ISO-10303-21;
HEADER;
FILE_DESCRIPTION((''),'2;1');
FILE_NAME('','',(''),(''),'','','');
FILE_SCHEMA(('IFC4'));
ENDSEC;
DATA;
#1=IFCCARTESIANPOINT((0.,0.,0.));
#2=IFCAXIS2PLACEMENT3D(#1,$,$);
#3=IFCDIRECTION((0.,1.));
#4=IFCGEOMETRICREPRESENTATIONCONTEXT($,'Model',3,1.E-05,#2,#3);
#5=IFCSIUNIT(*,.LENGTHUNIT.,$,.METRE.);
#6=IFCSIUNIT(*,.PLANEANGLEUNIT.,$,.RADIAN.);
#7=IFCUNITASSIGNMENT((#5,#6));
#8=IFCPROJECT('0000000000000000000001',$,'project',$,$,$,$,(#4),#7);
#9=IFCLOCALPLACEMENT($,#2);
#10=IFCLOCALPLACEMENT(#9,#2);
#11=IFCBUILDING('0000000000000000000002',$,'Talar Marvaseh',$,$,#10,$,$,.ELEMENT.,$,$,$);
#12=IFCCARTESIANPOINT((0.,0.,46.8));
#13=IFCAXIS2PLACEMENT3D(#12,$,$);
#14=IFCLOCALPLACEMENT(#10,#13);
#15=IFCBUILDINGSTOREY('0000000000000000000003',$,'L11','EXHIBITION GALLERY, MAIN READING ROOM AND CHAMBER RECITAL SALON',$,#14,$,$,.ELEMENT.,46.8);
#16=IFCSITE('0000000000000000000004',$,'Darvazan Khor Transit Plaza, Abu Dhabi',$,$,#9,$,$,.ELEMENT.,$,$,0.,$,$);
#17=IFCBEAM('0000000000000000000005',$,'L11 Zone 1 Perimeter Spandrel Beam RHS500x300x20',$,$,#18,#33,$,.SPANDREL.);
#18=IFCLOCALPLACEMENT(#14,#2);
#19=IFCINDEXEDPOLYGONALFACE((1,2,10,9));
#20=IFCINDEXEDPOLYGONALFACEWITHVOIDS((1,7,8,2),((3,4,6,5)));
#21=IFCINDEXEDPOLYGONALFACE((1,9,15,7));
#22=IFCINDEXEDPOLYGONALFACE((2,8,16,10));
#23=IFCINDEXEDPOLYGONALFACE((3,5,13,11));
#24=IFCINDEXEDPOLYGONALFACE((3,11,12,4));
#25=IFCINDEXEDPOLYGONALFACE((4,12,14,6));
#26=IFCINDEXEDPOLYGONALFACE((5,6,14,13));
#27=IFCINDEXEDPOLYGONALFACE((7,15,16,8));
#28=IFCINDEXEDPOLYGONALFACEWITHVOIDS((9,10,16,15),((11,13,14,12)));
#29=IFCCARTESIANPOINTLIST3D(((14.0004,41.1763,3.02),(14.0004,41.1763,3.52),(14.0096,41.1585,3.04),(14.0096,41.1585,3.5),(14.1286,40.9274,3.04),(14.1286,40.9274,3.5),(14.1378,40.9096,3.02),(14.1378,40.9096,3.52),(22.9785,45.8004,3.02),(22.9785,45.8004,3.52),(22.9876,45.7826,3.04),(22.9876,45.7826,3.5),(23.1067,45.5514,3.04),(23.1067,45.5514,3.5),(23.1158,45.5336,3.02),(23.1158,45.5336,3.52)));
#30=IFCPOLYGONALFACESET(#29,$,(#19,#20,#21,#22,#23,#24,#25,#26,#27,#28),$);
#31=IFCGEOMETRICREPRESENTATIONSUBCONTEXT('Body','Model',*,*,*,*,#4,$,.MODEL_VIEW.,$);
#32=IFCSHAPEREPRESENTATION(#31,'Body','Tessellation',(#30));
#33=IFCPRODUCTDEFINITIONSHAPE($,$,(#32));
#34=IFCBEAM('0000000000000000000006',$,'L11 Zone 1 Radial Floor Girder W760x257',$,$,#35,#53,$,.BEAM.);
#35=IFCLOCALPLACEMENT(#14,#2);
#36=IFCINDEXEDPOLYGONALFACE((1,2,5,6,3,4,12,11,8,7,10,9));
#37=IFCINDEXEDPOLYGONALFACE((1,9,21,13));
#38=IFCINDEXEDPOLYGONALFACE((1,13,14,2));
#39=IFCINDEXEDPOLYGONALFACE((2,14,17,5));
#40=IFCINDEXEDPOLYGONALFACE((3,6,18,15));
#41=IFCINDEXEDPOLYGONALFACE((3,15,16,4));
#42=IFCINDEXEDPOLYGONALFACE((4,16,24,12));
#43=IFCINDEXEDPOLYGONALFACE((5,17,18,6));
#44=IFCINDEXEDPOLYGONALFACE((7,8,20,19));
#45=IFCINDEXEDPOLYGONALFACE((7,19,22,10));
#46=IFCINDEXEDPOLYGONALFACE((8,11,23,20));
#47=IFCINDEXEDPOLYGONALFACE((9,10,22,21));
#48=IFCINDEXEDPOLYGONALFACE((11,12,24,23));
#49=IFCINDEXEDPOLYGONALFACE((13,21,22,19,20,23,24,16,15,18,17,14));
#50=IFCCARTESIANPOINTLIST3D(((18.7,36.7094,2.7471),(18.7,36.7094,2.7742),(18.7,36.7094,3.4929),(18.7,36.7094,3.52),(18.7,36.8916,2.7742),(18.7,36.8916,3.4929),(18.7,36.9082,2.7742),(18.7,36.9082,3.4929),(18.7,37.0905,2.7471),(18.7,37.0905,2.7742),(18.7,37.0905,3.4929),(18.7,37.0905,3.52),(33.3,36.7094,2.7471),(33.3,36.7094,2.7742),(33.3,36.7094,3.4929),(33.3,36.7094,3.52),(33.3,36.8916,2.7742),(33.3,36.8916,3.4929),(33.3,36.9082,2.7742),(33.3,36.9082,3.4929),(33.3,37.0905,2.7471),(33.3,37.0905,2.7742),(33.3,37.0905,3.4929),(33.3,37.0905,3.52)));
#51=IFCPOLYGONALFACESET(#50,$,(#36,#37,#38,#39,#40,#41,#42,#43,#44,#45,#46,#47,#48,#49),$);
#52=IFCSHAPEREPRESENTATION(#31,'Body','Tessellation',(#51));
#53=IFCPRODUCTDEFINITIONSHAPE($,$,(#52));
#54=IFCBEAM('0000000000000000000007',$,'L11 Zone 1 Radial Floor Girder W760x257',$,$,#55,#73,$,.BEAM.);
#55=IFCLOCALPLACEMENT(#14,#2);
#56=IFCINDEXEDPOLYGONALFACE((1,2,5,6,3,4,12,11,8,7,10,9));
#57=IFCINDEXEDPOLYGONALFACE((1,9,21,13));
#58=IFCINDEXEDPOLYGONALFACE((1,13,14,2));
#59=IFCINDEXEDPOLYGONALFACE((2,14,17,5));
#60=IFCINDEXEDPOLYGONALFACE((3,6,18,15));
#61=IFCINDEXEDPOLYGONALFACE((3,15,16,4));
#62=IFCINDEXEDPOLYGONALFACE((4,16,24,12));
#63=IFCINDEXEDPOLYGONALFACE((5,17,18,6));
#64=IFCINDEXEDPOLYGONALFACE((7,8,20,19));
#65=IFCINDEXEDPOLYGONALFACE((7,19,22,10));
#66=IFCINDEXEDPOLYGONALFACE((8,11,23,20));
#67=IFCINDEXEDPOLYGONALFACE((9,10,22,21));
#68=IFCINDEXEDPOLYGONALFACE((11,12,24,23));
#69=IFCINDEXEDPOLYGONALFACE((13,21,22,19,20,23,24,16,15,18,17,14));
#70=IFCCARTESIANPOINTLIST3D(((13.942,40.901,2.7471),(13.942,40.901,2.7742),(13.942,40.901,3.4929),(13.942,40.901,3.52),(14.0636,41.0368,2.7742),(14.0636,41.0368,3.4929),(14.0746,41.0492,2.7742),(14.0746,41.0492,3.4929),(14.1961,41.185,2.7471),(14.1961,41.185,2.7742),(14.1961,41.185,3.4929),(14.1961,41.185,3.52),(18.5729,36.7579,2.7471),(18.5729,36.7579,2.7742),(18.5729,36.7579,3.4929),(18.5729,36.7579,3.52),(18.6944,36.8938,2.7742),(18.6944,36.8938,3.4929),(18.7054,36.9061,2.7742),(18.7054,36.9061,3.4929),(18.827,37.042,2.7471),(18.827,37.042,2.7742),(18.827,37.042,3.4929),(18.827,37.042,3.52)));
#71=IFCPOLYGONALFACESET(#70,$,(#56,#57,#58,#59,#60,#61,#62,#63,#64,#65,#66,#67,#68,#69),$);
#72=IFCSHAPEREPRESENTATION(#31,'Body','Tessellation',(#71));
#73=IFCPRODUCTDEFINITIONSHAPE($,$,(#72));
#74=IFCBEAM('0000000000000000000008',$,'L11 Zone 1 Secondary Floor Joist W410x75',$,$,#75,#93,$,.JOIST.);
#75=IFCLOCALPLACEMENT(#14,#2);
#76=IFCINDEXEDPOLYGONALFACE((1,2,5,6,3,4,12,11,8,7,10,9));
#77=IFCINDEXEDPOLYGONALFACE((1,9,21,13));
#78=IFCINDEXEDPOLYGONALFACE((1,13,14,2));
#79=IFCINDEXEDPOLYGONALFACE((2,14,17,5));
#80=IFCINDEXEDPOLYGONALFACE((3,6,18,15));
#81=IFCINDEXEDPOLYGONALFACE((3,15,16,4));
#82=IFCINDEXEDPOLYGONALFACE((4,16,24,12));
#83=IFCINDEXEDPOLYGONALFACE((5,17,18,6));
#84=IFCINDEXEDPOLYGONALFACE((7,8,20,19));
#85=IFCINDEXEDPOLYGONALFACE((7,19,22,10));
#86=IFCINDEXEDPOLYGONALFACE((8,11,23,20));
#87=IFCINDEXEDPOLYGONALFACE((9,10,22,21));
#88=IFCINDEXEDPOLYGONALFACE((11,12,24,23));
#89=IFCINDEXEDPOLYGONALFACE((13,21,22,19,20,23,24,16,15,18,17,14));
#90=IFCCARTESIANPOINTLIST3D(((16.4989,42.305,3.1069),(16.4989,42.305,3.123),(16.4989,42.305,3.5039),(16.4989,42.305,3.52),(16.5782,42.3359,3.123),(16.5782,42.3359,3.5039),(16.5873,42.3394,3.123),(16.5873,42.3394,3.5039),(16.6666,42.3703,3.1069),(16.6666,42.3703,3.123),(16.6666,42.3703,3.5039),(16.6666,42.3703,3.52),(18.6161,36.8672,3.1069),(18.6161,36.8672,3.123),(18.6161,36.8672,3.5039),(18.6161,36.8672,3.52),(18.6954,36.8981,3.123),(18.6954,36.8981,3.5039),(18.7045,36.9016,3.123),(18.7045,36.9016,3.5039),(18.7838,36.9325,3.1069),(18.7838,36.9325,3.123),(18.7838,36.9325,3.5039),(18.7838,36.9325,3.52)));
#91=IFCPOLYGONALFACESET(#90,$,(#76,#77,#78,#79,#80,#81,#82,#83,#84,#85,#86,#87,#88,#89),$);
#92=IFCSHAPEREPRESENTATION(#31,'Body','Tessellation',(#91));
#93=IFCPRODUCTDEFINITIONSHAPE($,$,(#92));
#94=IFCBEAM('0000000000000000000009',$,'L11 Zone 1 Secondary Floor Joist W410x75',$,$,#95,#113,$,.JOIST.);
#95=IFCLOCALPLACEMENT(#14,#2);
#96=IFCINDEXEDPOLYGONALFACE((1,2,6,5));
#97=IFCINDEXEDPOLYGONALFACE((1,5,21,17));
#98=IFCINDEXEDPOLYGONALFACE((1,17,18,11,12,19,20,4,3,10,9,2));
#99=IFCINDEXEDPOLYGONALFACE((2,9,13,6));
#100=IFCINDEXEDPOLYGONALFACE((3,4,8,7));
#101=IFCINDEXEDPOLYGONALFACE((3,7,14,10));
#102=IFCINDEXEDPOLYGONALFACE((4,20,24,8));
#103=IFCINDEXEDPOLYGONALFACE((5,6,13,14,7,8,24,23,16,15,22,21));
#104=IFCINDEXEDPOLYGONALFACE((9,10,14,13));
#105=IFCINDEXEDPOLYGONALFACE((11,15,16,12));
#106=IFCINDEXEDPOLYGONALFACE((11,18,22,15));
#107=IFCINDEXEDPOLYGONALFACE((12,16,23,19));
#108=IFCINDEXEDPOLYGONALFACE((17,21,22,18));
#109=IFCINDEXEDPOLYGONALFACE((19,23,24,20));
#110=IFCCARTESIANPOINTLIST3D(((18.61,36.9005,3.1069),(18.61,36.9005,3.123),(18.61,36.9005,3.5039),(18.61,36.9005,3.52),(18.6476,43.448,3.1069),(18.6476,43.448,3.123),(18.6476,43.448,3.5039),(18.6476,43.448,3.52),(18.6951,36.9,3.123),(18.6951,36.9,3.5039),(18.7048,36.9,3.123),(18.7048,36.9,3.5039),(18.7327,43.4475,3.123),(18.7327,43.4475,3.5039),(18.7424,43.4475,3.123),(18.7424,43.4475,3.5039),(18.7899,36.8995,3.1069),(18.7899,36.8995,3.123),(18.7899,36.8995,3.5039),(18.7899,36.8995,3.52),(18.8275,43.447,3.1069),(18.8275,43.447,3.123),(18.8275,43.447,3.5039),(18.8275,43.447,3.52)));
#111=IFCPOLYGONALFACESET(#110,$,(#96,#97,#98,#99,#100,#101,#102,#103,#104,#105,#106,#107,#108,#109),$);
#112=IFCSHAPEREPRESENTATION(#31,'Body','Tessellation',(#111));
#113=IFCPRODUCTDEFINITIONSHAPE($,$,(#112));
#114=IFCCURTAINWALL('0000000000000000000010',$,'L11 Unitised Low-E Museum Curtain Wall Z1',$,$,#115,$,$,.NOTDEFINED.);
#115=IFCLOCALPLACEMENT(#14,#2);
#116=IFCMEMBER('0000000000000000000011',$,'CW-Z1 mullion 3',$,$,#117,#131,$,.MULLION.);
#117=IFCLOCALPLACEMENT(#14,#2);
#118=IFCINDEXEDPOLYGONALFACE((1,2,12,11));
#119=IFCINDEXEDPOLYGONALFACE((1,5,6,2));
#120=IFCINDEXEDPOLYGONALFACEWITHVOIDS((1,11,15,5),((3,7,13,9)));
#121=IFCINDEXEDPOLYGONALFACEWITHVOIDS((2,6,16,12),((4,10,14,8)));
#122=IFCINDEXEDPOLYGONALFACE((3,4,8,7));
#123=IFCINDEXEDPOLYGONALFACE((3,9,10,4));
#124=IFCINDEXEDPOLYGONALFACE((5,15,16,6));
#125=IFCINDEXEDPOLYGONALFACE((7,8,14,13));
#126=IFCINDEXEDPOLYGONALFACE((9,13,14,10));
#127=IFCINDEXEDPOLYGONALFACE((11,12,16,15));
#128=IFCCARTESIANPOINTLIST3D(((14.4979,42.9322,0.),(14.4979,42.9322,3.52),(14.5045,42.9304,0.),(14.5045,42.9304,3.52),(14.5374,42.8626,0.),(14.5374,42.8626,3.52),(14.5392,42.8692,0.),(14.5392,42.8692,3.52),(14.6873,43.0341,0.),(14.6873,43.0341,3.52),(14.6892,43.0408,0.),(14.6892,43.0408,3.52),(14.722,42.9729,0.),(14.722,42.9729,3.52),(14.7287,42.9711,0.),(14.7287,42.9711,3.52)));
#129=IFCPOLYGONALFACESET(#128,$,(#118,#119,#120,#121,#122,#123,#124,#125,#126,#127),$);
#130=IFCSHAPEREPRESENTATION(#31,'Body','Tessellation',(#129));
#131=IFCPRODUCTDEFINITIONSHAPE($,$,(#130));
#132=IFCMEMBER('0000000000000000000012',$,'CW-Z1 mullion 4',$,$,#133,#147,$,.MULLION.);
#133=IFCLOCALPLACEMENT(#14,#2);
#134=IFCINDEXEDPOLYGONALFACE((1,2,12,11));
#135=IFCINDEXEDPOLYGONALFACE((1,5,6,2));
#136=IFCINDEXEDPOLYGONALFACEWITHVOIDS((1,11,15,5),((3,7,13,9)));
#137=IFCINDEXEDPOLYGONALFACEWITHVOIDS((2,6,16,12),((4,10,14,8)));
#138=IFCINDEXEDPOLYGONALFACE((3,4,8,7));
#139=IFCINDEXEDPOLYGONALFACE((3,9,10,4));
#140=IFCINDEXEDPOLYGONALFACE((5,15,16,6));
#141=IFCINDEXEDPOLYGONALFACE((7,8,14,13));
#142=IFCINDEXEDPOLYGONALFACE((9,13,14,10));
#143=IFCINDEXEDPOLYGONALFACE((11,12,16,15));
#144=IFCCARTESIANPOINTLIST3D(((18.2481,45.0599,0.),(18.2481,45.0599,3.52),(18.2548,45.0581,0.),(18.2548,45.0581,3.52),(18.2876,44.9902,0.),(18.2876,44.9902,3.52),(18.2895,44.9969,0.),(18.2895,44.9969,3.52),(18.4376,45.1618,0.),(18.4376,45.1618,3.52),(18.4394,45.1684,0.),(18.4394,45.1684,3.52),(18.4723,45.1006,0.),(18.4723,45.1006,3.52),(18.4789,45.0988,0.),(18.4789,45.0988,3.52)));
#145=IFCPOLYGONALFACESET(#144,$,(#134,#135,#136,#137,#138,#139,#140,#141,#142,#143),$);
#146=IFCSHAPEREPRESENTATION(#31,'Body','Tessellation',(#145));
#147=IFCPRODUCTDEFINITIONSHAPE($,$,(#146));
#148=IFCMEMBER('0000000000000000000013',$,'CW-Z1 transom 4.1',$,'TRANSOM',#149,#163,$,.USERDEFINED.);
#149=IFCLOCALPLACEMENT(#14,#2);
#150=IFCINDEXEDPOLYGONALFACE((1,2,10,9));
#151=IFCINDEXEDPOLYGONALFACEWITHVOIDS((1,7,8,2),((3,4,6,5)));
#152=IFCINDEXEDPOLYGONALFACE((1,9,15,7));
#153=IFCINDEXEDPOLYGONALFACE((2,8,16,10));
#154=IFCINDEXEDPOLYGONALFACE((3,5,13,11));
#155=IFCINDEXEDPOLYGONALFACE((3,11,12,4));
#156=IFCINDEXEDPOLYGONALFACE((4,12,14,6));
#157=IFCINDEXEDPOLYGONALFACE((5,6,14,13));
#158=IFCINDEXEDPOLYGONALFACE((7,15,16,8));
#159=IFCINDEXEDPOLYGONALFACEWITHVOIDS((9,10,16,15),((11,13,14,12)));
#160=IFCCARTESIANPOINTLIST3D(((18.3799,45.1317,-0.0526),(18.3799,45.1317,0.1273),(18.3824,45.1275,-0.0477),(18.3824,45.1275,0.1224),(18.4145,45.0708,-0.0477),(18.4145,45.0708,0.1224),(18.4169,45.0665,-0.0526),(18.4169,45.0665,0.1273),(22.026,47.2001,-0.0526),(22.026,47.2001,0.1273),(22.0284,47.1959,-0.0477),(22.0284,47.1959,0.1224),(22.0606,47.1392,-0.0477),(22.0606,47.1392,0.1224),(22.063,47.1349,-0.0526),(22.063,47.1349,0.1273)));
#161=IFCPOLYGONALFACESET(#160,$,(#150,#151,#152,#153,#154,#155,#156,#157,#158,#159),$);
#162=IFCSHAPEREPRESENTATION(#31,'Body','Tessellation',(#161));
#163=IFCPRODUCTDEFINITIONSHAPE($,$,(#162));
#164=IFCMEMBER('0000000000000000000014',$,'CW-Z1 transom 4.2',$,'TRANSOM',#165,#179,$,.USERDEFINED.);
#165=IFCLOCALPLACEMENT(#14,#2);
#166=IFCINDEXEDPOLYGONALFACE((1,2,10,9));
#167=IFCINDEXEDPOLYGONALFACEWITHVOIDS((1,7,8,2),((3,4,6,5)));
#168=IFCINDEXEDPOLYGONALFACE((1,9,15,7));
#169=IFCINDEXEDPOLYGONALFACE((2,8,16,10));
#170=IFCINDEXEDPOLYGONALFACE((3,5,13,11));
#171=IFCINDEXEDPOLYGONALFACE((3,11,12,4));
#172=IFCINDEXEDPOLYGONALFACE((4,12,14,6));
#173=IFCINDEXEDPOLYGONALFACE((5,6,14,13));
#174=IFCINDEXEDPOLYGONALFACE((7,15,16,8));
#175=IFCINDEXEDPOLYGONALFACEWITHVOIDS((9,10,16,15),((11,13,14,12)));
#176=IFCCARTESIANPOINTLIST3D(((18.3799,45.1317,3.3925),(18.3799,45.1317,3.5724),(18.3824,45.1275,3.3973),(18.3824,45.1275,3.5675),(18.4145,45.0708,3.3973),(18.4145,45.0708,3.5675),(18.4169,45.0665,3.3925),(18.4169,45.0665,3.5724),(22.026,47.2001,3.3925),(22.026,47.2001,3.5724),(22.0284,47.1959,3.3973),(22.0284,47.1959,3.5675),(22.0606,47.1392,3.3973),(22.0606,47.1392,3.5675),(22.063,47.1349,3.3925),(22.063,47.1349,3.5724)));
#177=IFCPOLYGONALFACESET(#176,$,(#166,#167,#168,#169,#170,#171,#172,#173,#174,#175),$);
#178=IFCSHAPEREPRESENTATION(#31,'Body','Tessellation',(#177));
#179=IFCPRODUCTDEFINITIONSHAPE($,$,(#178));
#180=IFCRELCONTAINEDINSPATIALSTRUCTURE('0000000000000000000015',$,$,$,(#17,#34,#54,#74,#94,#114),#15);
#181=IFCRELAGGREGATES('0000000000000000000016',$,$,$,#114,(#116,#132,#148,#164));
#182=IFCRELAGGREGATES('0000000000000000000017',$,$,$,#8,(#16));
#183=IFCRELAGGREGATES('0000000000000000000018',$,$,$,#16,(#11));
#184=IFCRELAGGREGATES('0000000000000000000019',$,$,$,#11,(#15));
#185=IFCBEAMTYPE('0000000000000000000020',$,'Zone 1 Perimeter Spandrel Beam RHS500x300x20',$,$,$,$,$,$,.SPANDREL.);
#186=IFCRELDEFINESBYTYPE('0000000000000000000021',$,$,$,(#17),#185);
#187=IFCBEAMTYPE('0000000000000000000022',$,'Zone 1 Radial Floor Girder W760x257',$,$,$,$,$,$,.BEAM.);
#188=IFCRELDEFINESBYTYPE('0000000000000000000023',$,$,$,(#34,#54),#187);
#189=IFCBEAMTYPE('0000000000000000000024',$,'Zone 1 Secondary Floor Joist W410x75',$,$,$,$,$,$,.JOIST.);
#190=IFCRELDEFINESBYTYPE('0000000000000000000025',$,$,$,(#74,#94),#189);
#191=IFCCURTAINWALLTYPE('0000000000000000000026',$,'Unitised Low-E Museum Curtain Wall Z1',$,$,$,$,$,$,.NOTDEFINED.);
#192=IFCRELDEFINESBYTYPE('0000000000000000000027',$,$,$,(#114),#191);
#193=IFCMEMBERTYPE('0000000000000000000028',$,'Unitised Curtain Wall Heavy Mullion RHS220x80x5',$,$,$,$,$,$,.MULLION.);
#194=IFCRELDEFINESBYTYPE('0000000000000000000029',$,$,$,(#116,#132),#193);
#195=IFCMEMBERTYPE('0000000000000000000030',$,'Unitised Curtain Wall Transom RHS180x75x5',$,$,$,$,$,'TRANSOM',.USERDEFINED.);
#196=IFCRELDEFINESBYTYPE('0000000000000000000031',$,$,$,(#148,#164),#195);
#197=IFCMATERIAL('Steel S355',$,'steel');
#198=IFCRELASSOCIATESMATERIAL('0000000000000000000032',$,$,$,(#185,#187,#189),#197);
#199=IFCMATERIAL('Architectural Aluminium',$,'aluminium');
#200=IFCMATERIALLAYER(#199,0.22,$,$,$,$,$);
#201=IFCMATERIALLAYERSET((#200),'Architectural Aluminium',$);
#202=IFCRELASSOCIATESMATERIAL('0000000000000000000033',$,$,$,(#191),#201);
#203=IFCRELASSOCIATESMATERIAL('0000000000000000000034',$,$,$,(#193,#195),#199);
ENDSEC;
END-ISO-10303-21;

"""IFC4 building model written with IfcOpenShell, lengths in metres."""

from ifc_helpers import new_model, si_unit, direction, frame, origin, origin_2d, place, context, subcontext, project, spatial, hollow_rectangle, i_section, extrude, source, transform, mapped, material, layer, layer_set, material_profile, profile_set, type_object, type_shapes, element, aggregate, save


model = new_model("IFC4")

# Units and contexts
model_context = context("Model", 3, precision=1e-05, world=origin(), true_north=direction((0.0, 1.0)))
body_context = subcontext(model_context, "Body", "Model", "MODEL_VIEW")
ifc_project = project(units=[si_unit("LENGTHUNIT", "METRE"), si_unit("PLANEANGLEUNIT", "RADIAN")], contexts=[model_context])

# Site, building, storey
site_placement = place(None, origin())
site = spatial("IfcSite", under=ifc_project, at=site_placement, Name="Darvazan Khor Transit Plaza, Abu Dhabi", CompositionType="ELEMENT", RefElevation=0.0)
building_placement = place(site_placement, origin())
building = spatial("IfcBuilding", under=site, at=building_placement, Name="Talar Marvaseh", CompositionType="ELEMENT")
storey_placement = place(building_placement, frame((0.0, 0.0, 46.8)))
storey = spatial("IfcBuildingStorey", under=building, at=storey_placement, Name="L11", Description="EXHIBITION GALLERY, MAIN READING ROOM AND CHAMBER RECITAL SALON", CompositionType="ELEMENT", Elevation=46.8)

# Beams
ifc_material_1 = material(Name="Steel S355", Category="steel")
ifc_material_profile_1 = material_profile(ifc_material_1, hollow_rectangle(XDim=0.3, YDim=0.5, WallThickness=0.02, at=origin_2d()), Name="RHS500x300x20")
ifc_profile_set_1 = profile_set([ifc_material_profile_1], Name="Steel S355")
beam_type_1 = type_object("IfcBeamType", Name="Zone 1 Perimeter Spandrel Beam RHS500x300x20", PredefinedType="SPANDREL", material=ifc_profile_set_1)
beam_1_placement = place(storey_placement, frame((14.0691, 41.043, 3.27), z_axis=(0.889016, 0.457877, 0.0), x_axis=(-0.457877, 0.889016, 0.0)))
element("IfcBeam", 1, at=beam_1_placement, inside=storey, type_object=beam_type_1, Name="L11 Zone 1 Perimeter Spandrel Beam RHS500x300x20", PredefinedType="SPANDREL", context=body_context, shape_type="SweptSolid", body=[
    extrude(hollow_rectangle(XDim=0.3, YDim=0.5, WallThickness=0.02, at=origin_2d()), origin(), (0.0, 0.0, 1.0), 10.0989),
])
ifc_material_profile_2 = material_profile(ifc_material_1, i_section(OverallWidth=0.3811, OverallDepth=0.7729, WebThickness=0.0166, FlangeThickness=0.0271, at=origin_2d()), Name="W760x257")
ifc_profile_set_2 = profile_set([ifc_material_profile_2], Name="Steel S355")
beam_type_2 = type_object("IfcBeamType", Name="Zone 1 Radial Floor Girder W760x257", PredefinedType="BEAM", material=ifc_profile_set_2)
beam_2_placement = place(storey_placement, frame((18.7, 36.8999, 3.1335), z_axis=(1.0, 0.0, 0.0), x_axis=(0.0, 1.0, 0.0)))
element("IfcBeam", 2, at=beam_2_placement, inside=storey, type_object=beam_type_2, Name="L11 Zone 1 Radial Floor Girder W760x257", PredefinedType="BEAM", context=body_context, shape_type="SweptSolid", body=[
    extrude(i_section(OverallWidth=0.3811, OverallDepth=0.7729, WebThickness=0.0166, FlangeThickness=0.0271, at=origin_2d()), origin(), (0.0, 0.0, 1.0), 14.6001),
])
beam_3_placement = place(storey_placement, frame((14.0691, 41.043, 3.1335), z_axis=(0.745268, -0.666765, 0.0), x_axis=(0.666765, 0.745268, 0.0)))
element("IfcBeam", 3, at=beam_3_placement, inside=storey, type_object=beam_type_2, Name="L11 Zone 1 Radial Floor Girder W760x257", PredefinedType="BEAM", context=body_context, shape_type="SweptSolid", body=[
    extrude(i_section(OverallWidth=0.3811, OverallDepth=0.7729, WebThickness=0.0166, FlangeThickness=0.0271, at=origin_2d()), origin(), (0.0, 0.0, 1.0), 6.2136),
])
ifc_material_profile_3 = material_profile(ifc_material_1, i_section(OverallWidth=0.1799, OverallDepth=0.4131, WebThickness=0.0098, FlangeThickness=0.0161, at=origin_2d()), Name="W410x75")
ifc_profile_set_3 = profile_set([ifc_material_profile_3], Name="Steel S355")
beam_type_3 = type_object("IfcBeamType", Name="Zone 1 Secondary Floor Joist W410x75", PredefinedType="JOIST", material=ifc_profile_set_3)
beam_4_placement = place(storey_placement, frame((16.5828, 42.3376, 3.3135), z_axis=(0.36282, -0.931859, 0.0), x_axis=(0.931859, 0.36282, 0.0)))
element("IfcBeam", 4, at=beam_4_placement, inside=storey, type_object=beam_type_3, Name="L11 Zone 1 Secondary Floor Joist W410x75", PredefinedType="JOIST", context=body_context, shape_type="SweptSolid", body=[
    extrude(i_section(OverallWidth=0.1799, OverallDepth=0.4131, WebThickness=0.0098, FlangeThickness=0.0161, at=origin_2d()), origin(), (0.0, 0.0, 1.0), 5.8354),
])
beam_5_placement = place(storey_placement, frame((18.7375, 43.4475, 3.3135), z_axis=(-0.005742, -0.999984, 0.0), x_axis=(0.999984, -0.005742, 0.0)))
element("IfcBeam", 5, at=beam_5_placement, inside=storey, type_object=beam_type_3, Name="L11 Zone 1 Secondary Floor Joist W410x75", PredefinedType="JOIST", context=body_context, shape_type="SweptSolid", body=[
    extrude(i_section(OverallWidth=0.1799, OverallDepth=0.4131, WebThickness=0.0098, FlangeThickness=0.0161, at=origin_2d()), origin(), (0.0, 0.0, 1.0), 6.5476),
])

# Curtain wall, members
ifc_material_2 = material(Name="Architectural Aluminium", Category="aluminium")
ifc_layer_1 = layer(ifc_material_2, 0.22)
ifc_layer_set_1 = layer_set([ifc_layer_1], Name="Architectural Aluminium")
curtain_wall_type = type_object("IfcCurtainWallType", Name="Unitised Low-E Museum Curtain Wall Z1", PredefinedType="NOTDEFINED", material=ifc_layer_set_1)
curtain_wall_placement = place(storey_placement, origin())
curtain_wall = element("IfcCurtainWall", 6, at=curtain_wall_placement, inside=storey, type_object=curtain_wall_type, Name="L11 Unitised Low-E Museum Curtain Wall Z1", PredefinedType="NOTDEFINED")
ifc_material_profile_4 = material_profile(ifc_material_2, hollow_rectangle(XDim=0.0801, YDim=0.22, WallThickness=0.0049, at=origin_2d()), Name="RHS220x80x5")
ifc_profile_set_4 = profile_set([ifc_material_profile_4], Name="Architectural Aluminium")
member_type_1 = type_object("IfcMemberType", Name="Unitised Curtain Wall Heavy Mullion RHS220x80x5", PredefinedType="MULLION", material=ifc_profile_set_4)
shared_shape_1 = source(origin(), body_context, "Body", "SweptSolid", [
    extrude(hollow_rectangle(XDim=0.0801, YDim=0.22, WallThickness=0.0049, at=origin_2d()), origin(), (0.0, 0.0, 1.0), 3.52),
])
type_shapes(member_type_1, [shared_shape_1])
member_1_placement = place(storey_placement, frame((14.6133, 42.9517, 0.0), z_axis=(0.0, 0.0, 1.0), x_axis=(-0.493456, 0.869771, 0.0)))
member_1 = element("IfcMember", 7, at=member_1_placement, type_object=member_type_1, Name="CW-Z1 mullion 3", PredefinedType="MULLION", context=body_context, shape_type="MappedRepresentation", body=[
    mapped(shared_shape_1, transform((0.0, 0.0, 0.0), x_axis=(1.0, 0.0, 0.0), y_axis=(0.0, 1.0, 0.0), z_axis=(0.0, 0.0, 1.0), scale=1.0)),
])
member_2_placement = place(storey_placement, frame((18.3635, 45.0793, 0.0), z_axis=(0.0, 0.0, 1.0), x_axis=(-0.493456, 0.869771, 0.0)))
member_2 = element("IfcMember", 8, at=member_2_placement, type_object=member_type_1, Name="CW-Z1 mullion 4", PredefinedType="MULLION", context=body_context, shape_type="MappedRepresentation", body=[
    mapped(shared_shape_1, transform((0.0, 0.0, 0.0), x_axis=(1.0, 0.0, 0.0), y_axis=(0.0, 1.0, 0.0), z_axis=(0.0, 0.0, 1.0), scale=1.0)),
])
ifc_material_profile_5 = material_profile(ifc_material_2, hollow_rectangle(XDim=0.075, YDim=0.1799, WallThickness=0.0049, at=origin_2d()), Name="RHS180x75x5")
ifc_profile_set_5 = profile_set([ifc_material_profile_5], Name="Architectural Aluminium")
member_type_2 = type_object("IfcMemberType", Name="Unitised Curtain Wall Transom RHS180x75x5", ElementType="TRANSOM", PredefinedType="USERDEFINED", material=ifc_profile_set_5)
shared_shape_2 = source(origin(), body_context, "Body", "SweptSolid", [
    extrude(hollow_rectangle(XDim=0.075, YDim=0.1799, WallThickness=0.0049, at=origin_2d()), origin(), (0.0, 0.0, 1.0), 4.1919),
])
member_3_placement = place(storey_placement, frame((18.3984, 45.0991, 0.0374), z_axis=(0.869787, 0.493427, 0.0), x_axis=(-0.493427, 0.869787, 0.0)))
member_3 = element("IfcMember", 9, at=member_3_placement, type_object=member_type_2, Name="CW-Z1 transom 4.1", ObjectType="TRANSOM", PredefinedType="USERDEFINED", context=body_context, shape_type="MappedRepresentation", body=[
    mapped(shared_shape_2, transform((0.0, 0.0, 0.0), x_axis=(1.0, 0.0, 0.0), y_axis=(0.0, 1.0, 0.0), z_axis=(0.0, 0.0, 1.0), scale=1.0)),
])
member_4_placement = place(storey_placement, frame((18.3984, 45.0991, 3.4824), z_axis=(0.869787, 0.493427, 0.0), x_axis=(-0.493427, 0.869787, 0.0)))
member_4 = element("IfcMember", 10, at=member_4_placement, type_object=member_type_2, Name="CW-Z1 transom 4.2", ObjectType="TRANSOM", PredefinedType="USERDEFINED", context=body_context, shape_type="MappedRepresentation", body=[
    mapped(shared_shape_2, transform((0.0, 0.0, 0.0), x_axis=(1.0, 0.0, 0.0), y_axis=(0.0, 1.0, 0.0), z_axis=(0.0, 0.0, 1.0), scale=1.0)),
])
aggregate(curtain_wall, [member_1, member_2, member_3, member_4])

save(model, "model.ifc")
